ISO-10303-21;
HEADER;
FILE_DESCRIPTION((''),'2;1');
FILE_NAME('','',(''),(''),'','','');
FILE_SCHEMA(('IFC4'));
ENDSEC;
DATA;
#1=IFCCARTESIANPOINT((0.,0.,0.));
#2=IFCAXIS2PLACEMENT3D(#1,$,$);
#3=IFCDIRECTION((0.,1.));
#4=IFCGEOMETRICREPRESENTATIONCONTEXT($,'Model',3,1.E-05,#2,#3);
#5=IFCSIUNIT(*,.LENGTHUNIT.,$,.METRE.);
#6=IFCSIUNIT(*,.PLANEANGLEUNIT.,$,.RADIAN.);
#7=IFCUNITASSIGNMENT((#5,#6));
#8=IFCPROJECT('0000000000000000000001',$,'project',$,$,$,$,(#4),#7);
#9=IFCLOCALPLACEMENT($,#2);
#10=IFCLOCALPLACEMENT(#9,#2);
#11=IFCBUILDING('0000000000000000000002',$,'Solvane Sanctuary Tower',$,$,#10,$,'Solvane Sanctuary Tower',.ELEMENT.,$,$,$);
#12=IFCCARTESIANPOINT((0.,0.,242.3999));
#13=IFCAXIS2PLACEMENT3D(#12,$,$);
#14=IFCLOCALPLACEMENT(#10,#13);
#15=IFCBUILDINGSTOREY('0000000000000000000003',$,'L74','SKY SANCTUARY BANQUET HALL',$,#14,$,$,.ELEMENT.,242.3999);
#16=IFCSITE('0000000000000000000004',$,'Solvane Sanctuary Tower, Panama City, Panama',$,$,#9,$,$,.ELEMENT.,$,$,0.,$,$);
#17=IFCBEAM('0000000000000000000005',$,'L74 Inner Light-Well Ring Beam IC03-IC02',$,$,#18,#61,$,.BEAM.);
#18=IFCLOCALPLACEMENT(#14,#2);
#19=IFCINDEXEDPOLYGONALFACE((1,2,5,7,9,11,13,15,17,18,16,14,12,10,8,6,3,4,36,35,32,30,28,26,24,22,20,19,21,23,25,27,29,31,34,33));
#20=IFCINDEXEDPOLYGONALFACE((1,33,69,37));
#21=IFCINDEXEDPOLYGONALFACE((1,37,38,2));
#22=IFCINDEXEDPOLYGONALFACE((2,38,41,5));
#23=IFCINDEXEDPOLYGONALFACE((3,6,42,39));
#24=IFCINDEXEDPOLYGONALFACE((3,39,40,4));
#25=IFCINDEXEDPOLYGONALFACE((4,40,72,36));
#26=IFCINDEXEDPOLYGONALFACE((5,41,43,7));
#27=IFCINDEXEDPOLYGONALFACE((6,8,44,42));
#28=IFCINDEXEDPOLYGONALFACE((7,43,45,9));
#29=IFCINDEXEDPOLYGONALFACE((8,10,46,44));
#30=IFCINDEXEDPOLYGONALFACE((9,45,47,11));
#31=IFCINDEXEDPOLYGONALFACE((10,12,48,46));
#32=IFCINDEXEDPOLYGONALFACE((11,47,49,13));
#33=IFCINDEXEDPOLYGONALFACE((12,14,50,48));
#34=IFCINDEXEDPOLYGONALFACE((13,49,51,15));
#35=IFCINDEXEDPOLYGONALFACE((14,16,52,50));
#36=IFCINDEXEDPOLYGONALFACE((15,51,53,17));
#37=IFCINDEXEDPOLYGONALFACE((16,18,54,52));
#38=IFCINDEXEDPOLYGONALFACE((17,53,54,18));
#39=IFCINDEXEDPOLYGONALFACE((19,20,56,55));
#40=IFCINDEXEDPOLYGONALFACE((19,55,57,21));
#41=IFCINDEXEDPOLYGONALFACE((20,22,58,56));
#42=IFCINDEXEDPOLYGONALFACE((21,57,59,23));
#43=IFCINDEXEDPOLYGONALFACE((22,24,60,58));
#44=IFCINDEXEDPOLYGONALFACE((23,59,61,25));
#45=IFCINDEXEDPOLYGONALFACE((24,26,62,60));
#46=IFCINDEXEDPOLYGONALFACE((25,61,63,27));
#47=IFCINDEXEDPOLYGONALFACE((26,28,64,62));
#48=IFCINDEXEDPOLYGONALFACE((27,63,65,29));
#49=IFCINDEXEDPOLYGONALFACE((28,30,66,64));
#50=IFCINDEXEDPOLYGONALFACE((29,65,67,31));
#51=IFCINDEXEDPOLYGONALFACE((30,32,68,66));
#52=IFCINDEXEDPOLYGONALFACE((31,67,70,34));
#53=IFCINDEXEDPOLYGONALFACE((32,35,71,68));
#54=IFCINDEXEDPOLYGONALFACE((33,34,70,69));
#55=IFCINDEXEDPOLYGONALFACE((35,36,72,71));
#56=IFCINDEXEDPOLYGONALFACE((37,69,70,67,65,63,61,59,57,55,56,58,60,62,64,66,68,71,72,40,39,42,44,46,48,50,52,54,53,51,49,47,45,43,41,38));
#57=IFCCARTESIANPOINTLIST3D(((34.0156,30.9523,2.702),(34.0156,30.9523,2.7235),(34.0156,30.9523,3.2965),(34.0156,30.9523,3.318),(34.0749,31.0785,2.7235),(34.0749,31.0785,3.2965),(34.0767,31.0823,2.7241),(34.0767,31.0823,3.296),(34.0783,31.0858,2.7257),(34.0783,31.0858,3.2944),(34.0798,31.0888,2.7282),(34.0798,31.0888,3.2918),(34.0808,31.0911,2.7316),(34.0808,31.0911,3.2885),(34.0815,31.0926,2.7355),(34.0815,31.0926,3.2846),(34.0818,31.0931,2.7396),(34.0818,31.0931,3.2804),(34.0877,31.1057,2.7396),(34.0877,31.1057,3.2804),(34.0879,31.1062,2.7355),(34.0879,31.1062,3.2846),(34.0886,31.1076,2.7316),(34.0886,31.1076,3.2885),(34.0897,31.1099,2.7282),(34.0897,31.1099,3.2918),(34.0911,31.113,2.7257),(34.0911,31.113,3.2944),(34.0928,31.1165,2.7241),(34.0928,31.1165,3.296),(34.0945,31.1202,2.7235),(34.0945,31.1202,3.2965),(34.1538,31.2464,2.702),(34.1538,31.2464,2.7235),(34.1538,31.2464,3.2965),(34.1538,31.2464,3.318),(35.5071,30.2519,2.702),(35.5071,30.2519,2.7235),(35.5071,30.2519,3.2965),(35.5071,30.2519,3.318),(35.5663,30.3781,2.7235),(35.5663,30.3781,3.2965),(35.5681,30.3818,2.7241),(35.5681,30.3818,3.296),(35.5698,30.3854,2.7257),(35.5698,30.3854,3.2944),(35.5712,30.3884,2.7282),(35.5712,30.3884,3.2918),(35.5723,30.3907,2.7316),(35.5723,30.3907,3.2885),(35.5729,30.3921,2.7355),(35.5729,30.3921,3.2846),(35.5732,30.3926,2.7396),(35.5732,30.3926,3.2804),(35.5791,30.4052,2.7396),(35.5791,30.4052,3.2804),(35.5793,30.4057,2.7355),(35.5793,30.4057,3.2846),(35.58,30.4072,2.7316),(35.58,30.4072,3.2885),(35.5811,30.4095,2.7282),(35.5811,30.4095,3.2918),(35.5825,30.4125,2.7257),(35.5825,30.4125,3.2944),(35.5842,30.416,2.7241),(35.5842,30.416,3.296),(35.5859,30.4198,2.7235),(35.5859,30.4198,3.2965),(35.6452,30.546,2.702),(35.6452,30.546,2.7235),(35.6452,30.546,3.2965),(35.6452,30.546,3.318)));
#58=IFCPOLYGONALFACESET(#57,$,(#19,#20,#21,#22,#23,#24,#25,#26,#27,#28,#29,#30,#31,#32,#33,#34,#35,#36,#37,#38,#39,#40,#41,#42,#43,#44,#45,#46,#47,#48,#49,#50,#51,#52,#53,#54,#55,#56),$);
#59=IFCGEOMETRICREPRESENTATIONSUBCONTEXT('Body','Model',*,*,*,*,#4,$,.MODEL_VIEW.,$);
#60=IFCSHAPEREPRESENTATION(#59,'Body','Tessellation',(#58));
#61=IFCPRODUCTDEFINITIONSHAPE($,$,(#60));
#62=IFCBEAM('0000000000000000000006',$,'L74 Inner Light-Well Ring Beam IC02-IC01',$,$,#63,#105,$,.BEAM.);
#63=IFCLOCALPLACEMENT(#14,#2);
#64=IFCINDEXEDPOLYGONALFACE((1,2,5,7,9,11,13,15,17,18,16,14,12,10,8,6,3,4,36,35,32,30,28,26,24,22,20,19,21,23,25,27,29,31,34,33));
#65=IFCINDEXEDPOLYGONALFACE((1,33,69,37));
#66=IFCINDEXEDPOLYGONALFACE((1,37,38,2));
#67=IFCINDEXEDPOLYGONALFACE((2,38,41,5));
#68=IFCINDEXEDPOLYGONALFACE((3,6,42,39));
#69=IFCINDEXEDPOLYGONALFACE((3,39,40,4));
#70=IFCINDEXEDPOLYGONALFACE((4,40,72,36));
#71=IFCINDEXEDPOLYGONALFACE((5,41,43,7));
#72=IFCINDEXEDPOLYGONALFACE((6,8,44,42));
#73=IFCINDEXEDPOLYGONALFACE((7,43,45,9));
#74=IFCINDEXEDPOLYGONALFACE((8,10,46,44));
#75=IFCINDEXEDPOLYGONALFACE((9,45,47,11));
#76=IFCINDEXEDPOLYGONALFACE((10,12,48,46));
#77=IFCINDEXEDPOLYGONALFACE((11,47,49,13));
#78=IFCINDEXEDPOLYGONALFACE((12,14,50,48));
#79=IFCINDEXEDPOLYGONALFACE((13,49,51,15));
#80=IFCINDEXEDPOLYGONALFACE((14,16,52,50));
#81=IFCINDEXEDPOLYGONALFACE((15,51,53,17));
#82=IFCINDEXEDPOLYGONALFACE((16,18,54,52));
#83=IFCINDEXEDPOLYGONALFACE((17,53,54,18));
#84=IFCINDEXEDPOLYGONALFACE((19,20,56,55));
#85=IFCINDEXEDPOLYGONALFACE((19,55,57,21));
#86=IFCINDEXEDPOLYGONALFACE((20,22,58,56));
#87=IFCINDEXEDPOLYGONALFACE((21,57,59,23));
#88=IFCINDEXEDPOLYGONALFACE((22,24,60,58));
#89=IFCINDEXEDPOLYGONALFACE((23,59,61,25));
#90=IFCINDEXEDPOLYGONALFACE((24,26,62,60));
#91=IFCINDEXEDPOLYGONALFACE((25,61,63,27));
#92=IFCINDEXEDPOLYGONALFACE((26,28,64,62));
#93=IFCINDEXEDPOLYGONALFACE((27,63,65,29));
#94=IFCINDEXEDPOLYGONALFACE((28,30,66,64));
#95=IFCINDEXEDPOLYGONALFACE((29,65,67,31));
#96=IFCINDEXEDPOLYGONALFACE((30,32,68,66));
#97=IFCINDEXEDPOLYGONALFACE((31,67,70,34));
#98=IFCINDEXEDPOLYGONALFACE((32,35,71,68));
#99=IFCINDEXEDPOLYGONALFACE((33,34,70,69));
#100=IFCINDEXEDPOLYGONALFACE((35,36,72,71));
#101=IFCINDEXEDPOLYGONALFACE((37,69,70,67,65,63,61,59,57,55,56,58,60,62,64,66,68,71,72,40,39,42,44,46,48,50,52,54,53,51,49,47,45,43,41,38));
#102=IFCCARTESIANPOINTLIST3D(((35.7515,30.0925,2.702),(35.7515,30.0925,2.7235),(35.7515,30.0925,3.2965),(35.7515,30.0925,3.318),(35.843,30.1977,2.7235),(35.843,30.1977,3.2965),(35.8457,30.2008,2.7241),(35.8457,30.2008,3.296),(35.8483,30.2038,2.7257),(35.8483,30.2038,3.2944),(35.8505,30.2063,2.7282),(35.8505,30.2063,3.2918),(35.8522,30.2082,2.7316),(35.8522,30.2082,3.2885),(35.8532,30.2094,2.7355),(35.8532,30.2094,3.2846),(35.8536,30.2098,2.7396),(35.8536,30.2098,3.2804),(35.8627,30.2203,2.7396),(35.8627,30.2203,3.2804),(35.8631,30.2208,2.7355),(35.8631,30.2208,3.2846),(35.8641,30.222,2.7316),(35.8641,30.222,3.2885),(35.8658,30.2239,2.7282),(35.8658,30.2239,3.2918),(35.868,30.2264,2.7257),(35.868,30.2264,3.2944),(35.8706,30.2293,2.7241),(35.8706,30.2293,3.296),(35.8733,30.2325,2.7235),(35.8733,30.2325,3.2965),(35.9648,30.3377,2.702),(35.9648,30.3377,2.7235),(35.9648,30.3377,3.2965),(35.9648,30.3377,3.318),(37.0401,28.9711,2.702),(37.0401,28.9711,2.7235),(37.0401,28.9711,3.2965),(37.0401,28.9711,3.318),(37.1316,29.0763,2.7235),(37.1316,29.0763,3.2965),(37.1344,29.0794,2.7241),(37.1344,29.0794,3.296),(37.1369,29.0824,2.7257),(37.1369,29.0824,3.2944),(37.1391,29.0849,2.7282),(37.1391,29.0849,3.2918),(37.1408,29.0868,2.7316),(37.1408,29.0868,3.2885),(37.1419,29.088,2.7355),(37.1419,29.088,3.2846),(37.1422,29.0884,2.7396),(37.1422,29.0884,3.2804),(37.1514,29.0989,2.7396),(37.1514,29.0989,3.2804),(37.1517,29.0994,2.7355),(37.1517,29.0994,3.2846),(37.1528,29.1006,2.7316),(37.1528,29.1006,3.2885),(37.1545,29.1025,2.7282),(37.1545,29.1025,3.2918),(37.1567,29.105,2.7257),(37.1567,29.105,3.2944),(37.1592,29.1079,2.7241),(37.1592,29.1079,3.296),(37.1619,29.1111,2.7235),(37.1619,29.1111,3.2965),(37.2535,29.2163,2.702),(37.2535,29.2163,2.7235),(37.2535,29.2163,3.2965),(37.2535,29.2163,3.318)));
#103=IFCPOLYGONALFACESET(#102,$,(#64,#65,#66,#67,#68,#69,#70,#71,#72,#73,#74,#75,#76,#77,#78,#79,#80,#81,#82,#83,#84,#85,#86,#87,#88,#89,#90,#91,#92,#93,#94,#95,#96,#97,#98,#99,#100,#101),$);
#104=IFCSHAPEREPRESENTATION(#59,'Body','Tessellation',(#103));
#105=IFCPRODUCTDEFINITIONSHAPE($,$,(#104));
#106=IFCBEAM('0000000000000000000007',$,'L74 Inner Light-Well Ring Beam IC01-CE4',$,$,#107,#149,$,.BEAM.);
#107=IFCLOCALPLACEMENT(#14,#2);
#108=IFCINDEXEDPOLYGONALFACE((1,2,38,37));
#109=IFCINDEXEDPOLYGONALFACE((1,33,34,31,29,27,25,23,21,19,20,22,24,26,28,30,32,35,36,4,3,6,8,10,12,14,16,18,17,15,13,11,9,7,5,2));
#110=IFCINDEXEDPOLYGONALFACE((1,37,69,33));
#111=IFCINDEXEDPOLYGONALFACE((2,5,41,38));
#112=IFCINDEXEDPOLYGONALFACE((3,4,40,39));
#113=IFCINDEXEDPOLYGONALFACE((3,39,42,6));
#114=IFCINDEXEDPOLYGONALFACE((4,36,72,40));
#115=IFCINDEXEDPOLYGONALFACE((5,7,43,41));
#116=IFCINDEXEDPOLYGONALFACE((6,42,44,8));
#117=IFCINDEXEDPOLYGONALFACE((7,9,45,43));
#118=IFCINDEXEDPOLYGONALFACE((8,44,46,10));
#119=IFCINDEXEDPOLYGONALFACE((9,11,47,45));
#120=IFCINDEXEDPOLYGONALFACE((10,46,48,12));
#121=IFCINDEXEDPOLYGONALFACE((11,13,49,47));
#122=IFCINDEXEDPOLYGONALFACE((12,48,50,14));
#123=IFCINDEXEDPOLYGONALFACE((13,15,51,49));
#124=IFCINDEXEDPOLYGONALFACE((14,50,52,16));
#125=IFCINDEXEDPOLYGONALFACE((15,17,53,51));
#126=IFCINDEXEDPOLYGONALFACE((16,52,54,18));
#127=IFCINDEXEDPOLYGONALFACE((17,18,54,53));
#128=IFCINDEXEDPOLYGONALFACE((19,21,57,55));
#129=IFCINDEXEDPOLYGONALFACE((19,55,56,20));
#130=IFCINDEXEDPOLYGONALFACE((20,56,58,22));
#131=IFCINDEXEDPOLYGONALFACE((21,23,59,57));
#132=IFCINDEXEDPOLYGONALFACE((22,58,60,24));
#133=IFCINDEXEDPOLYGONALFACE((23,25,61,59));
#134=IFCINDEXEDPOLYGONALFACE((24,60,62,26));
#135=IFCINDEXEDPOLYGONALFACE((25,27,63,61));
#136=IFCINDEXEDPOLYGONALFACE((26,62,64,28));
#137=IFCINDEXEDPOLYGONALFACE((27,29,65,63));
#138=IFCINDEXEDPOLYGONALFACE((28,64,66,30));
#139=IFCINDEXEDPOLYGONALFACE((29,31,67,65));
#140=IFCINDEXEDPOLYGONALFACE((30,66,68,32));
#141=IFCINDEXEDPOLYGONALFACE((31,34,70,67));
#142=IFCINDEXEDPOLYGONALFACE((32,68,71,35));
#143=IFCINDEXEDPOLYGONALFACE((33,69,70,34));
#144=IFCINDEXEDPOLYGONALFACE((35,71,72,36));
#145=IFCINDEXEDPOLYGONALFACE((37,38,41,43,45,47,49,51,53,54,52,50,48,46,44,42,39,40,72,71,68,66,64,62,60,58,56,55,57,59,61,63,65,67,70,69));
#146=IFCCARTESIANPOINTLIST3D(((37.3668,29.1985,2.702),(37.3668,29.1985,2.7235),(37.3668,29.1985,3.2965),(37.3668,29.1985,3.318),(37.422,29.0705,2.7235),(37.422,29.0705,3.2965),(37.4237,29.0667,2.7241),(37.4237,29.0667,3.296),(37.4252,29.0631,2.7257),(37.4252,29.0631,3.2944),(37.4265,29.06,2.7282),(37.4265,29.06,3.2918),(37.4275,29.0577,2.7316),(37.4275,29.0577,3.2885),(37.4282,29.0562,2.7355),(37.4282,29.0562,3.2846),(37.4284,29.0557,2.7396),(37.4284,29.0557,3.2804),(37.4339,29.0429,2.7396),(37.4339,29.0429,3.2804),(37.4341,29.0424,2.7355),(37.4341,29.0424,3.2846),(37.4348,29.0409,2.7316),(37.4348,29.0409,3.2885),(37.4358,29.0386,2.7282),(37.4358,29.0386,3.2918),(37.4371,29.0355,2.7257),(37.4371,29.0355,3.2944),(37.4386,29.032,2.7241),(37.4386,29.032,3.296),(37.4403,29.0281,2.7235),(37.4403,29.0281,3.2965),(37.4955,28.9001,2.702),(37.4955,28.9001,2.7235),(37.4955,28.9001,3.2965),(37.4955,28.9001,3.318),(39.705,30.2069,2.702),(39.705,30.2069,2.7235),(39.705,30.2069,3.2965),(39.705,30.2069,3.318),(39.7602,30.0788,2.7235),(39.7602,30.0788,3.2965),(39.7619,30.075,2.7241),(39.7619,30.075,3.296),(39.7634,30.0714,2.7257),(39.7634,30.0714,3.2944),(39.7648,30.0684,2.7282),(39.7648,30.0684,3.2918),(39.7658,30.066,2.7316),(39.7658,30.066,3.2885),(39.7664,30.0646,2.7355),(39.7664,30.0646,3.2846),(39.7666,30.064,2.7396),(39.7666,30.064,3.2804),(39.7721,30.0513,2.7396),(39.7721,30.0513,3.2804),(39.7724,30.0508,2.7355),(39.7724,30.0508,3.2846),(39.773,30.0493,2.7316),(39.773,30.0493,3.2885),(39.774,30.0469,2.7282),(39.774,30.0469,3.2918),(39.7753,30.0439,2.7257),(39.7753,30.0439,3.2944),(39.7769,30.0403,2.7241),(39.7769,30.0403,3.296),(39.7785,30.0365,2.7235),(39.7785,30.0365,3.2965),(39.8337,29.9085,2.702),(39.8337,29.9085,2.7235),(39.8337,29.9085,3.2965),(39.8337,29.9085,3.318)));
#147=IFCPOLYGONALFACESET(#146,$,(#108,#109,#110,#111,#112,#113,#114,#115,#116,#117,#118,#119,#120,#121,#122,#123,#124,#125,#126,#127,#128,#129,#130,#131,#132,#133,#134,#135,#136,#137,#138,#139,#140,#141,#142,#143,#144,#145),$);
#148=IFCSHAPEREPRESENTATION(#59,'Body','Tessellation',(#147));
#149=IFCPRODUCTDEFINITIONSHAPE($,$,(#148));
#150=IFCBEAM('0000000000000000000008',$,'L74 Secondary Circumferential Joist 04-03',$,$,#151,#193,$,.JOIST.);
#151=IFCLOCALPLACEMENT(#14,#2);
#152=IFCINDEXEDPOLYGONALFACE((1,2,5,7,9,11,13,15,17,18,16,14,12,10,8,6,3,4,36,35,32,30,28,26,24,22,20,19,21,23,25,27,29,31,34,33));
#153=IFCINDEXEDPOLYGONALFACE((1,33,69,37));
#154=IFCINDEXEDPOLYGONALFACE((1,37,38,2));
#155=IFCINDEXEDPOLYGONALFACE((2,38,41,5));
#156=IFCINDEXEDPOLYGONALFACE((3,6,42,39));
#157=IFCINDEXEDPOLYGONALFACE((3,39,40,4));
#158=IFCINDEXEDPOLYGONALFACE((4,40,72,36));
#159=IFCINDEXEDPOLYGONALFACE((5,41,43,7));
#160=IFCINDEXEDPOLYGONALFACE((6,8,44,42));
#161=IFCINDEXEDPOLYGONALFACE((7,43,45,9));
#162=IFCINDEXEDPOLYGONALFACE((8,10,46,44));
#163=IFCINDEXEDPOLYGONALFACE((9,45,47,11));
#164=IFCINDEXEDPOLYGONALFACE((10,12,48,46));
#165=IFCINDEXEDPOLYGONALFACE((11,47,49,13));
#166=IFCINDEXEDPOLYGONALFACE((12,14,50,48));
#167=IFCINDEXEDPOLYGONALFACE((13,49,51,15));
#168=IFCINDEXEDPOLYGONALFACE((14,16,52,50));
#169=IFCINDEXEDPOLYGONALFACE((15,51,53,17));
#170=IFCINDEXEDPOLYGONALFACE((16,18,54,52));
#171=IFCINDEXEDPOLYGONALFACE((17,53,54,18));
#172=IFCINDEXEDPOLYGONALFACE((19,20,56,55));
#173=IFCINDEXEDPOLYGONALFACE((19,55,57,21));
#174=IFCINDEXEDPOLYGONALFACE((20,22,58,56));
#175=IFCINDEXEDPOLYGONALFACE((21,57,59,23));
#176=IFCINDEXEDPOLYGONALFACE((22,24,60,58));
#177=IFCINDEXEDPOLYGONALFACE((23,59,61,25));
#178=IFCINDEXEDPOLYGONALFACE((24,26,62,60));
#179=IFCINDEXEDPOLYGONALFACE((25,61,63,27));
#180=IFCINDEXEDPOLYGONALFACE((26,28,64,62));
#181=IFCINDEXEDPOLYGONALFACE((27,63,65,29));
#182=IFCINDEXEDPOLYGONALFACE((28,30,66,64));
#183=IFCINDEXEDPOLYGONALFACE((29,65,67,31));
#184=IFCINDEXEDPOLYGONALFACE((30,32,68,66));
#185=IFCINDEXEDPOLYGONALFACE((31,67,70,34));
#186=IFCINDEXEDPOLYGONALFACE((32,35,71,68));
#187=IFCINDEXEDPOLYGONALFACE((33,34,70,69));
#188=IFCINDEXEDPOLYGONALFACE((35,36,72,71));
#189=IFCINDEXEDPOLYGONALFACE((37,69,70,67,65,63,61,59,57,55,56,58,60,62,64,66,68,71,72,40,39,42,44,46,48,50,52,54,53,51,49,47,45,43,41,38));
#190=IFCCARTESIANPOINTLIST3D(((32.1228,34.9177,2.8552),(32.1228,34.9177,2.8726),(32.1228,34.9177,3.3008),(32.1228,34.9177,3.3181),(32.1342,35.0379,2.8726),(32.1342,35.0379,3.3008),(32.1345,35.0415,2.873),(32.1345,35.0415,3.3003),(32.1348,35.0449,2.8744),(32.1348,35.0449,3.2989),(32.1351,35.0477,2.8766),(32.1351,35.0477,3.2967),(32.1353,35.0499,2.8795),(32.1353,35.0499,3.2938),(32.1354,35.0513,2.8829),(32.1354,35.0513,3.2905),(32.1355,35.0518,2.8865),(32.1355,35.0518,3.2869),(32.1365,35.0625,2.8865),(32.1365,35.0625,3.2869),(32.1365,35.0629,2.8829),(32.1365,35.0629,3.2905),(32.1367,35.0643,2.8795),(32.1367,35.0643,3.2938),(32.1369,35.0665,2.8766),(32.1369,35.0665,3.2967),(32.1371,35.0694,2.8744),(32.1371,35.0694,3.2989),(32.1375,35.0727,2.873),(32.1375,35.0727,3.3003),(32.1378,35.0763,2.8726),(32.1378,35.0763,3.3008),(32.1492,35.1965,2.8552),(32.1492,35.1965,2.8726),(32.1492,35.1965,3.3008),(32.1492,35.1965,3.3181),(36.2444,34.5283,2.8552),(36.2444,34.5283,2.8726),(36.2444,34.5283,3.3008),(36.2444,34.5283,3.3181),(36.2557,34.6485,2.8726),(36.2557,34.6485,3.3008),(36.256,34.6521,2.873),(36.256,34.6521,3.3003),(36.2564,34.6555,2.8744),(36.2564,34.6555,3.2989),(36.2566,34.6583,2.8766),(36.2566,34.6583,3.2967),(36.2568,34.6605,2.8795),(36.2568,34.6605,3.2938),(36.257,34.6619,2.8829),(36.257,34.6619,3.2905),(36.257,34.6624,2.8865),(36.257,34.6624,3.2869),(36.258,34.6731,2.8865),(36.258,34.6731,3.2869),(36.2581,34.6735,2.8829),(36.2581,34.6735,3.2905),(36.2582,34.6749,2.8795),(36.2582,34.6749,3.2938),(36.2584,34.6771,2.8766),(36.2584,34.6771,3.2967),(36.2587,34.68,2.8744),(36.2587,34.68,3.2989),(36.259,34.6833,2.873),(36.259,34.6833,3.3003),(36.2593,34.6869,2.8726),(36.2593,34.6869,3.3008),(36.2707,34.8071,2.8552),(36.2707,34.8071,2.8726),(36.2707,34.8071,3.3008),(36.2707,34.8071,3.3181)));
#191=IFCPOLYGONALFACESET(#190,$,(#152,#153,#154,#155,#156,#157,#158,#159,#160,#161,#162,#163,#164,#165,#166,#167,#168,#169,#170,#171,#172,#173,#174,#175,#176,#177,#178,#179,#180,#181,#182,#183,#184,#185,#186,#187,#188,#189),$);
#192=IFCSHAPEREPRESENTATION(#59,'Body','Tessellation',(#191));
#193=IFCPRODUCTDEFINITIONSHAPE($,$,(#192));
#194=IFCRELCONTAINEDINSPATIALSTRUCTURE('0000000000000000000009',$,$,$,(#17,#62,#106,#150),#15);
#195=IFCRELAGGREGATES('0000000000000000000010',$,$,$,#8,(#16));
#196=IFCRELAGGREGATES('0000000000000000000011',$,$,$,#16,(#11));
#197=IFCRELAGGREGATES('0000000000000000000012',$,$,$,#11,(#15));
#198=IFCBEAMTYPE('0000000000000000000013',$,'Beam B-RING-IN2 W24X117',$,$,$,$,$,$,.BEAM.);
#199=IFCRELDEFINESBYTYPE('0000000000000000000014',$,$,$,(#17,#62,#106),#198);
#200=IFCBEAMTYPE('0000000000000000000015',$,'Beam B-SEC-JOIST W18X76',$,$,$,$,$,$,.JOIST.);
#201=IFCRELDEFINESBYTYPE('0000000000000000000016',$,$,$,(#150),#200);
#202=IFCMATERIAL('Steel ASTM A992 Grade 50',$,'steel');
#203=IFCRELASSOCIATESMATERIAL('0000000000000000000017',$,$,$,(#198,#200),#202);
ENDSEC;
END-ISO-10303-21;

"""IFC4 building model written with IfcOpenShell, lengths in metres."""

from ifc_helpers import new_model, si_unit, direction, frame, origin, origin_2d, place, context, subcontext, project, spatial, i_section, extrude, material, material_profile, profile_set, type_object, element, save


model = new_model("IFC4")

# Units and contexts
model_context = context("Model", 3, precision=1e-05, world=origin(), true_north=direction((0.0, 1.0)))
body_context = subcontext(model_context, "Body", "Model", "MODEL_VIEW")
ifc_project = project(units=[si_unit("LENGTHUNIT", "METRE"), si_unit("PLANEANGLEUNIT", "RADIAN")], contexts=[model_context])

# Site, building, storey
site_placement = place(None, origin())
site = spatial("IfcSite", under=ifc_project, at=site_placement, Name="Solvane Sanctuary Tower, Panama City, Panama", CompositionType="ELEMENT", RefElevation=0.0)
building_placement = place(site_placement, origin())
building = spatial("IfcBuilding", under=site, at=building_placement, Name="Solvane Sanctuary Tower", LongName="Solvane Sanctuary Tower", CompositionType="ELEMENT")
storey_placement = place(building_placement, frame((0.0, 0.0, 242.3999)))
storey = spatial("IfcBuildingStorey", under=building, at=storey_placement, Name="L74", Description="SKY SANCTUARY BANQUET HALL", CompositionType="ELEMENT", Elevation=242.3999)

# Beams
ifc_material_1 = material(Name="Steel ASTM A992 Grade 50", Category="steel")
ifc_material_profile_1 = material_profile(ifc_material_1, i_section(OverallWidth=0.325, OverallDepth=0.616, WebThickness=0.0139, FlangeThickness=0.0215, FilletRadius=0.0161, at=origin_2d()), Name="W24X117")
ifc_profile_set_1 = profile_set([ifc_material_profile_1], Name="Steel ASTM A992 Grade 50")
beam_type_1 = type_object("IfcBeamType", Name="Beam B-RING-IN2 W24X117", PredefinedType="BEAM", material=ifc_profile_set_1)
beam_1_placement = place(storey_placement, frame((34.0847, 31.0994, 3.01), z_axis=(0.905151, -0.42509, 0.0), x_axis=(0.42509, 0.905151, 0.0)))
element("IfcBeam", 1, at=beam_1_placement, inside=storey, type_object=beam_type_1, Name="L74 Inner Light-Well Ring Beam IC03-IC02", PredefinedType="BEAM", context=body_context, shape_type="SweptSolid", body=[
    extrude(i_section(OverallWidth=0.325, OverallDepth=0.616, WebThickness=0.0139, FlangeThickness=0.0215, FilletRadius=0.0161, at=origin_2d()), origin(), (0.0, 0.0, 1.0), 1.6477),
])
beam_2_placement = place(storey_placement, frame((35.8582, 30.2151, 3.01), z_axis=(0.754362, -0.656458, 0.0), x_axis=(0.656458, 0.754362, 0.0)))
element("IfcBeam", 2, at=beam_2_placement, inside=storey, type_object=beam_type_1, Name="L74 Inner Light-Well Ring Beam IC02-IC01", PredefinedType="BEAM", context=body_context, shape_type="SweptSolid", body=[
    extrude(i_section(OverallWidth=0.325, OverallDepth=0.616, WebThickness=0.0139, FlangeThickness=0.0215, FilletRadius=0.0161, at=origin_2d()), origin(), (0.0, 0.0, 1.0), 1.7083),
])
beam_3_placement = place(storey_placement, frame((37.4312, 29.0493, 3.01), z_axis=(0.918255, 0.39599, 0.0), x_axis=(-0.39599, 0.918255, 0.0)))
element("IfcBeam", 3, at=beam_3_placement, inside=storey, type_object=beam_type_1, Name="L74 Inner Light-Well Ring Beam IC01-CE4", PredefinedType="BEAM", context=body_context, shape_type="SweptSolid", body=[
    extrude(i_section(OverallWidth=0.325, OverallDepth=0.616, WebThickness=0.0139, FlangeThickness=0.0215, FilletRadius=0.0161, at=origin_2d()), origin(), (0.0, 0.0, 1.0), 2.5464),
])
ifc_material_profile_2 = material_profile(ifc_material_1, i_section(OverallWidth=0.28, OverallDepth=0.4629, WebThickness=0.0107, FlangeThickness=0.0173, FilletRadius=0.0139, at=origin_2d()), Name="W18X76")
ifc_profile_set_2 = profile_set([ifc_material_profile_2], Name="Steel ASTM A992 Grade 50")
beam_type_2 = type_object("IfcBeamType", Name="Beam B-SEC-JOIST W18X76", PredefinedType="JOIST", material=ifc_profile_set_2)
beam_4_placement = place(storey_placement, frame((32.136, 35.0571, 3.0867), z_axis=(0.995566, -0.09406, 0.0), x_axis=(0.09406, 0.995566, 0.0)))
element("IfcBeam", 4, at=beam_4_placement, inside=storey, type_object=beam_type_2, Name="L74 Secondary Circumferential Joist 04-03", PredefinedType="JOIST", context=body_context, shape_type="SweptSolid", body=[
    extrude(i_section(OverallWidth=0.28, OverallDepth=0.4629, WebThickness=0.0107, FlangeThickness=0.0173, FilletRadius=0.0139, at=origin_2d()), origin(), (0.0, 0.0, 1.0), 4.1399),
])

save(model, "model.ifc")
